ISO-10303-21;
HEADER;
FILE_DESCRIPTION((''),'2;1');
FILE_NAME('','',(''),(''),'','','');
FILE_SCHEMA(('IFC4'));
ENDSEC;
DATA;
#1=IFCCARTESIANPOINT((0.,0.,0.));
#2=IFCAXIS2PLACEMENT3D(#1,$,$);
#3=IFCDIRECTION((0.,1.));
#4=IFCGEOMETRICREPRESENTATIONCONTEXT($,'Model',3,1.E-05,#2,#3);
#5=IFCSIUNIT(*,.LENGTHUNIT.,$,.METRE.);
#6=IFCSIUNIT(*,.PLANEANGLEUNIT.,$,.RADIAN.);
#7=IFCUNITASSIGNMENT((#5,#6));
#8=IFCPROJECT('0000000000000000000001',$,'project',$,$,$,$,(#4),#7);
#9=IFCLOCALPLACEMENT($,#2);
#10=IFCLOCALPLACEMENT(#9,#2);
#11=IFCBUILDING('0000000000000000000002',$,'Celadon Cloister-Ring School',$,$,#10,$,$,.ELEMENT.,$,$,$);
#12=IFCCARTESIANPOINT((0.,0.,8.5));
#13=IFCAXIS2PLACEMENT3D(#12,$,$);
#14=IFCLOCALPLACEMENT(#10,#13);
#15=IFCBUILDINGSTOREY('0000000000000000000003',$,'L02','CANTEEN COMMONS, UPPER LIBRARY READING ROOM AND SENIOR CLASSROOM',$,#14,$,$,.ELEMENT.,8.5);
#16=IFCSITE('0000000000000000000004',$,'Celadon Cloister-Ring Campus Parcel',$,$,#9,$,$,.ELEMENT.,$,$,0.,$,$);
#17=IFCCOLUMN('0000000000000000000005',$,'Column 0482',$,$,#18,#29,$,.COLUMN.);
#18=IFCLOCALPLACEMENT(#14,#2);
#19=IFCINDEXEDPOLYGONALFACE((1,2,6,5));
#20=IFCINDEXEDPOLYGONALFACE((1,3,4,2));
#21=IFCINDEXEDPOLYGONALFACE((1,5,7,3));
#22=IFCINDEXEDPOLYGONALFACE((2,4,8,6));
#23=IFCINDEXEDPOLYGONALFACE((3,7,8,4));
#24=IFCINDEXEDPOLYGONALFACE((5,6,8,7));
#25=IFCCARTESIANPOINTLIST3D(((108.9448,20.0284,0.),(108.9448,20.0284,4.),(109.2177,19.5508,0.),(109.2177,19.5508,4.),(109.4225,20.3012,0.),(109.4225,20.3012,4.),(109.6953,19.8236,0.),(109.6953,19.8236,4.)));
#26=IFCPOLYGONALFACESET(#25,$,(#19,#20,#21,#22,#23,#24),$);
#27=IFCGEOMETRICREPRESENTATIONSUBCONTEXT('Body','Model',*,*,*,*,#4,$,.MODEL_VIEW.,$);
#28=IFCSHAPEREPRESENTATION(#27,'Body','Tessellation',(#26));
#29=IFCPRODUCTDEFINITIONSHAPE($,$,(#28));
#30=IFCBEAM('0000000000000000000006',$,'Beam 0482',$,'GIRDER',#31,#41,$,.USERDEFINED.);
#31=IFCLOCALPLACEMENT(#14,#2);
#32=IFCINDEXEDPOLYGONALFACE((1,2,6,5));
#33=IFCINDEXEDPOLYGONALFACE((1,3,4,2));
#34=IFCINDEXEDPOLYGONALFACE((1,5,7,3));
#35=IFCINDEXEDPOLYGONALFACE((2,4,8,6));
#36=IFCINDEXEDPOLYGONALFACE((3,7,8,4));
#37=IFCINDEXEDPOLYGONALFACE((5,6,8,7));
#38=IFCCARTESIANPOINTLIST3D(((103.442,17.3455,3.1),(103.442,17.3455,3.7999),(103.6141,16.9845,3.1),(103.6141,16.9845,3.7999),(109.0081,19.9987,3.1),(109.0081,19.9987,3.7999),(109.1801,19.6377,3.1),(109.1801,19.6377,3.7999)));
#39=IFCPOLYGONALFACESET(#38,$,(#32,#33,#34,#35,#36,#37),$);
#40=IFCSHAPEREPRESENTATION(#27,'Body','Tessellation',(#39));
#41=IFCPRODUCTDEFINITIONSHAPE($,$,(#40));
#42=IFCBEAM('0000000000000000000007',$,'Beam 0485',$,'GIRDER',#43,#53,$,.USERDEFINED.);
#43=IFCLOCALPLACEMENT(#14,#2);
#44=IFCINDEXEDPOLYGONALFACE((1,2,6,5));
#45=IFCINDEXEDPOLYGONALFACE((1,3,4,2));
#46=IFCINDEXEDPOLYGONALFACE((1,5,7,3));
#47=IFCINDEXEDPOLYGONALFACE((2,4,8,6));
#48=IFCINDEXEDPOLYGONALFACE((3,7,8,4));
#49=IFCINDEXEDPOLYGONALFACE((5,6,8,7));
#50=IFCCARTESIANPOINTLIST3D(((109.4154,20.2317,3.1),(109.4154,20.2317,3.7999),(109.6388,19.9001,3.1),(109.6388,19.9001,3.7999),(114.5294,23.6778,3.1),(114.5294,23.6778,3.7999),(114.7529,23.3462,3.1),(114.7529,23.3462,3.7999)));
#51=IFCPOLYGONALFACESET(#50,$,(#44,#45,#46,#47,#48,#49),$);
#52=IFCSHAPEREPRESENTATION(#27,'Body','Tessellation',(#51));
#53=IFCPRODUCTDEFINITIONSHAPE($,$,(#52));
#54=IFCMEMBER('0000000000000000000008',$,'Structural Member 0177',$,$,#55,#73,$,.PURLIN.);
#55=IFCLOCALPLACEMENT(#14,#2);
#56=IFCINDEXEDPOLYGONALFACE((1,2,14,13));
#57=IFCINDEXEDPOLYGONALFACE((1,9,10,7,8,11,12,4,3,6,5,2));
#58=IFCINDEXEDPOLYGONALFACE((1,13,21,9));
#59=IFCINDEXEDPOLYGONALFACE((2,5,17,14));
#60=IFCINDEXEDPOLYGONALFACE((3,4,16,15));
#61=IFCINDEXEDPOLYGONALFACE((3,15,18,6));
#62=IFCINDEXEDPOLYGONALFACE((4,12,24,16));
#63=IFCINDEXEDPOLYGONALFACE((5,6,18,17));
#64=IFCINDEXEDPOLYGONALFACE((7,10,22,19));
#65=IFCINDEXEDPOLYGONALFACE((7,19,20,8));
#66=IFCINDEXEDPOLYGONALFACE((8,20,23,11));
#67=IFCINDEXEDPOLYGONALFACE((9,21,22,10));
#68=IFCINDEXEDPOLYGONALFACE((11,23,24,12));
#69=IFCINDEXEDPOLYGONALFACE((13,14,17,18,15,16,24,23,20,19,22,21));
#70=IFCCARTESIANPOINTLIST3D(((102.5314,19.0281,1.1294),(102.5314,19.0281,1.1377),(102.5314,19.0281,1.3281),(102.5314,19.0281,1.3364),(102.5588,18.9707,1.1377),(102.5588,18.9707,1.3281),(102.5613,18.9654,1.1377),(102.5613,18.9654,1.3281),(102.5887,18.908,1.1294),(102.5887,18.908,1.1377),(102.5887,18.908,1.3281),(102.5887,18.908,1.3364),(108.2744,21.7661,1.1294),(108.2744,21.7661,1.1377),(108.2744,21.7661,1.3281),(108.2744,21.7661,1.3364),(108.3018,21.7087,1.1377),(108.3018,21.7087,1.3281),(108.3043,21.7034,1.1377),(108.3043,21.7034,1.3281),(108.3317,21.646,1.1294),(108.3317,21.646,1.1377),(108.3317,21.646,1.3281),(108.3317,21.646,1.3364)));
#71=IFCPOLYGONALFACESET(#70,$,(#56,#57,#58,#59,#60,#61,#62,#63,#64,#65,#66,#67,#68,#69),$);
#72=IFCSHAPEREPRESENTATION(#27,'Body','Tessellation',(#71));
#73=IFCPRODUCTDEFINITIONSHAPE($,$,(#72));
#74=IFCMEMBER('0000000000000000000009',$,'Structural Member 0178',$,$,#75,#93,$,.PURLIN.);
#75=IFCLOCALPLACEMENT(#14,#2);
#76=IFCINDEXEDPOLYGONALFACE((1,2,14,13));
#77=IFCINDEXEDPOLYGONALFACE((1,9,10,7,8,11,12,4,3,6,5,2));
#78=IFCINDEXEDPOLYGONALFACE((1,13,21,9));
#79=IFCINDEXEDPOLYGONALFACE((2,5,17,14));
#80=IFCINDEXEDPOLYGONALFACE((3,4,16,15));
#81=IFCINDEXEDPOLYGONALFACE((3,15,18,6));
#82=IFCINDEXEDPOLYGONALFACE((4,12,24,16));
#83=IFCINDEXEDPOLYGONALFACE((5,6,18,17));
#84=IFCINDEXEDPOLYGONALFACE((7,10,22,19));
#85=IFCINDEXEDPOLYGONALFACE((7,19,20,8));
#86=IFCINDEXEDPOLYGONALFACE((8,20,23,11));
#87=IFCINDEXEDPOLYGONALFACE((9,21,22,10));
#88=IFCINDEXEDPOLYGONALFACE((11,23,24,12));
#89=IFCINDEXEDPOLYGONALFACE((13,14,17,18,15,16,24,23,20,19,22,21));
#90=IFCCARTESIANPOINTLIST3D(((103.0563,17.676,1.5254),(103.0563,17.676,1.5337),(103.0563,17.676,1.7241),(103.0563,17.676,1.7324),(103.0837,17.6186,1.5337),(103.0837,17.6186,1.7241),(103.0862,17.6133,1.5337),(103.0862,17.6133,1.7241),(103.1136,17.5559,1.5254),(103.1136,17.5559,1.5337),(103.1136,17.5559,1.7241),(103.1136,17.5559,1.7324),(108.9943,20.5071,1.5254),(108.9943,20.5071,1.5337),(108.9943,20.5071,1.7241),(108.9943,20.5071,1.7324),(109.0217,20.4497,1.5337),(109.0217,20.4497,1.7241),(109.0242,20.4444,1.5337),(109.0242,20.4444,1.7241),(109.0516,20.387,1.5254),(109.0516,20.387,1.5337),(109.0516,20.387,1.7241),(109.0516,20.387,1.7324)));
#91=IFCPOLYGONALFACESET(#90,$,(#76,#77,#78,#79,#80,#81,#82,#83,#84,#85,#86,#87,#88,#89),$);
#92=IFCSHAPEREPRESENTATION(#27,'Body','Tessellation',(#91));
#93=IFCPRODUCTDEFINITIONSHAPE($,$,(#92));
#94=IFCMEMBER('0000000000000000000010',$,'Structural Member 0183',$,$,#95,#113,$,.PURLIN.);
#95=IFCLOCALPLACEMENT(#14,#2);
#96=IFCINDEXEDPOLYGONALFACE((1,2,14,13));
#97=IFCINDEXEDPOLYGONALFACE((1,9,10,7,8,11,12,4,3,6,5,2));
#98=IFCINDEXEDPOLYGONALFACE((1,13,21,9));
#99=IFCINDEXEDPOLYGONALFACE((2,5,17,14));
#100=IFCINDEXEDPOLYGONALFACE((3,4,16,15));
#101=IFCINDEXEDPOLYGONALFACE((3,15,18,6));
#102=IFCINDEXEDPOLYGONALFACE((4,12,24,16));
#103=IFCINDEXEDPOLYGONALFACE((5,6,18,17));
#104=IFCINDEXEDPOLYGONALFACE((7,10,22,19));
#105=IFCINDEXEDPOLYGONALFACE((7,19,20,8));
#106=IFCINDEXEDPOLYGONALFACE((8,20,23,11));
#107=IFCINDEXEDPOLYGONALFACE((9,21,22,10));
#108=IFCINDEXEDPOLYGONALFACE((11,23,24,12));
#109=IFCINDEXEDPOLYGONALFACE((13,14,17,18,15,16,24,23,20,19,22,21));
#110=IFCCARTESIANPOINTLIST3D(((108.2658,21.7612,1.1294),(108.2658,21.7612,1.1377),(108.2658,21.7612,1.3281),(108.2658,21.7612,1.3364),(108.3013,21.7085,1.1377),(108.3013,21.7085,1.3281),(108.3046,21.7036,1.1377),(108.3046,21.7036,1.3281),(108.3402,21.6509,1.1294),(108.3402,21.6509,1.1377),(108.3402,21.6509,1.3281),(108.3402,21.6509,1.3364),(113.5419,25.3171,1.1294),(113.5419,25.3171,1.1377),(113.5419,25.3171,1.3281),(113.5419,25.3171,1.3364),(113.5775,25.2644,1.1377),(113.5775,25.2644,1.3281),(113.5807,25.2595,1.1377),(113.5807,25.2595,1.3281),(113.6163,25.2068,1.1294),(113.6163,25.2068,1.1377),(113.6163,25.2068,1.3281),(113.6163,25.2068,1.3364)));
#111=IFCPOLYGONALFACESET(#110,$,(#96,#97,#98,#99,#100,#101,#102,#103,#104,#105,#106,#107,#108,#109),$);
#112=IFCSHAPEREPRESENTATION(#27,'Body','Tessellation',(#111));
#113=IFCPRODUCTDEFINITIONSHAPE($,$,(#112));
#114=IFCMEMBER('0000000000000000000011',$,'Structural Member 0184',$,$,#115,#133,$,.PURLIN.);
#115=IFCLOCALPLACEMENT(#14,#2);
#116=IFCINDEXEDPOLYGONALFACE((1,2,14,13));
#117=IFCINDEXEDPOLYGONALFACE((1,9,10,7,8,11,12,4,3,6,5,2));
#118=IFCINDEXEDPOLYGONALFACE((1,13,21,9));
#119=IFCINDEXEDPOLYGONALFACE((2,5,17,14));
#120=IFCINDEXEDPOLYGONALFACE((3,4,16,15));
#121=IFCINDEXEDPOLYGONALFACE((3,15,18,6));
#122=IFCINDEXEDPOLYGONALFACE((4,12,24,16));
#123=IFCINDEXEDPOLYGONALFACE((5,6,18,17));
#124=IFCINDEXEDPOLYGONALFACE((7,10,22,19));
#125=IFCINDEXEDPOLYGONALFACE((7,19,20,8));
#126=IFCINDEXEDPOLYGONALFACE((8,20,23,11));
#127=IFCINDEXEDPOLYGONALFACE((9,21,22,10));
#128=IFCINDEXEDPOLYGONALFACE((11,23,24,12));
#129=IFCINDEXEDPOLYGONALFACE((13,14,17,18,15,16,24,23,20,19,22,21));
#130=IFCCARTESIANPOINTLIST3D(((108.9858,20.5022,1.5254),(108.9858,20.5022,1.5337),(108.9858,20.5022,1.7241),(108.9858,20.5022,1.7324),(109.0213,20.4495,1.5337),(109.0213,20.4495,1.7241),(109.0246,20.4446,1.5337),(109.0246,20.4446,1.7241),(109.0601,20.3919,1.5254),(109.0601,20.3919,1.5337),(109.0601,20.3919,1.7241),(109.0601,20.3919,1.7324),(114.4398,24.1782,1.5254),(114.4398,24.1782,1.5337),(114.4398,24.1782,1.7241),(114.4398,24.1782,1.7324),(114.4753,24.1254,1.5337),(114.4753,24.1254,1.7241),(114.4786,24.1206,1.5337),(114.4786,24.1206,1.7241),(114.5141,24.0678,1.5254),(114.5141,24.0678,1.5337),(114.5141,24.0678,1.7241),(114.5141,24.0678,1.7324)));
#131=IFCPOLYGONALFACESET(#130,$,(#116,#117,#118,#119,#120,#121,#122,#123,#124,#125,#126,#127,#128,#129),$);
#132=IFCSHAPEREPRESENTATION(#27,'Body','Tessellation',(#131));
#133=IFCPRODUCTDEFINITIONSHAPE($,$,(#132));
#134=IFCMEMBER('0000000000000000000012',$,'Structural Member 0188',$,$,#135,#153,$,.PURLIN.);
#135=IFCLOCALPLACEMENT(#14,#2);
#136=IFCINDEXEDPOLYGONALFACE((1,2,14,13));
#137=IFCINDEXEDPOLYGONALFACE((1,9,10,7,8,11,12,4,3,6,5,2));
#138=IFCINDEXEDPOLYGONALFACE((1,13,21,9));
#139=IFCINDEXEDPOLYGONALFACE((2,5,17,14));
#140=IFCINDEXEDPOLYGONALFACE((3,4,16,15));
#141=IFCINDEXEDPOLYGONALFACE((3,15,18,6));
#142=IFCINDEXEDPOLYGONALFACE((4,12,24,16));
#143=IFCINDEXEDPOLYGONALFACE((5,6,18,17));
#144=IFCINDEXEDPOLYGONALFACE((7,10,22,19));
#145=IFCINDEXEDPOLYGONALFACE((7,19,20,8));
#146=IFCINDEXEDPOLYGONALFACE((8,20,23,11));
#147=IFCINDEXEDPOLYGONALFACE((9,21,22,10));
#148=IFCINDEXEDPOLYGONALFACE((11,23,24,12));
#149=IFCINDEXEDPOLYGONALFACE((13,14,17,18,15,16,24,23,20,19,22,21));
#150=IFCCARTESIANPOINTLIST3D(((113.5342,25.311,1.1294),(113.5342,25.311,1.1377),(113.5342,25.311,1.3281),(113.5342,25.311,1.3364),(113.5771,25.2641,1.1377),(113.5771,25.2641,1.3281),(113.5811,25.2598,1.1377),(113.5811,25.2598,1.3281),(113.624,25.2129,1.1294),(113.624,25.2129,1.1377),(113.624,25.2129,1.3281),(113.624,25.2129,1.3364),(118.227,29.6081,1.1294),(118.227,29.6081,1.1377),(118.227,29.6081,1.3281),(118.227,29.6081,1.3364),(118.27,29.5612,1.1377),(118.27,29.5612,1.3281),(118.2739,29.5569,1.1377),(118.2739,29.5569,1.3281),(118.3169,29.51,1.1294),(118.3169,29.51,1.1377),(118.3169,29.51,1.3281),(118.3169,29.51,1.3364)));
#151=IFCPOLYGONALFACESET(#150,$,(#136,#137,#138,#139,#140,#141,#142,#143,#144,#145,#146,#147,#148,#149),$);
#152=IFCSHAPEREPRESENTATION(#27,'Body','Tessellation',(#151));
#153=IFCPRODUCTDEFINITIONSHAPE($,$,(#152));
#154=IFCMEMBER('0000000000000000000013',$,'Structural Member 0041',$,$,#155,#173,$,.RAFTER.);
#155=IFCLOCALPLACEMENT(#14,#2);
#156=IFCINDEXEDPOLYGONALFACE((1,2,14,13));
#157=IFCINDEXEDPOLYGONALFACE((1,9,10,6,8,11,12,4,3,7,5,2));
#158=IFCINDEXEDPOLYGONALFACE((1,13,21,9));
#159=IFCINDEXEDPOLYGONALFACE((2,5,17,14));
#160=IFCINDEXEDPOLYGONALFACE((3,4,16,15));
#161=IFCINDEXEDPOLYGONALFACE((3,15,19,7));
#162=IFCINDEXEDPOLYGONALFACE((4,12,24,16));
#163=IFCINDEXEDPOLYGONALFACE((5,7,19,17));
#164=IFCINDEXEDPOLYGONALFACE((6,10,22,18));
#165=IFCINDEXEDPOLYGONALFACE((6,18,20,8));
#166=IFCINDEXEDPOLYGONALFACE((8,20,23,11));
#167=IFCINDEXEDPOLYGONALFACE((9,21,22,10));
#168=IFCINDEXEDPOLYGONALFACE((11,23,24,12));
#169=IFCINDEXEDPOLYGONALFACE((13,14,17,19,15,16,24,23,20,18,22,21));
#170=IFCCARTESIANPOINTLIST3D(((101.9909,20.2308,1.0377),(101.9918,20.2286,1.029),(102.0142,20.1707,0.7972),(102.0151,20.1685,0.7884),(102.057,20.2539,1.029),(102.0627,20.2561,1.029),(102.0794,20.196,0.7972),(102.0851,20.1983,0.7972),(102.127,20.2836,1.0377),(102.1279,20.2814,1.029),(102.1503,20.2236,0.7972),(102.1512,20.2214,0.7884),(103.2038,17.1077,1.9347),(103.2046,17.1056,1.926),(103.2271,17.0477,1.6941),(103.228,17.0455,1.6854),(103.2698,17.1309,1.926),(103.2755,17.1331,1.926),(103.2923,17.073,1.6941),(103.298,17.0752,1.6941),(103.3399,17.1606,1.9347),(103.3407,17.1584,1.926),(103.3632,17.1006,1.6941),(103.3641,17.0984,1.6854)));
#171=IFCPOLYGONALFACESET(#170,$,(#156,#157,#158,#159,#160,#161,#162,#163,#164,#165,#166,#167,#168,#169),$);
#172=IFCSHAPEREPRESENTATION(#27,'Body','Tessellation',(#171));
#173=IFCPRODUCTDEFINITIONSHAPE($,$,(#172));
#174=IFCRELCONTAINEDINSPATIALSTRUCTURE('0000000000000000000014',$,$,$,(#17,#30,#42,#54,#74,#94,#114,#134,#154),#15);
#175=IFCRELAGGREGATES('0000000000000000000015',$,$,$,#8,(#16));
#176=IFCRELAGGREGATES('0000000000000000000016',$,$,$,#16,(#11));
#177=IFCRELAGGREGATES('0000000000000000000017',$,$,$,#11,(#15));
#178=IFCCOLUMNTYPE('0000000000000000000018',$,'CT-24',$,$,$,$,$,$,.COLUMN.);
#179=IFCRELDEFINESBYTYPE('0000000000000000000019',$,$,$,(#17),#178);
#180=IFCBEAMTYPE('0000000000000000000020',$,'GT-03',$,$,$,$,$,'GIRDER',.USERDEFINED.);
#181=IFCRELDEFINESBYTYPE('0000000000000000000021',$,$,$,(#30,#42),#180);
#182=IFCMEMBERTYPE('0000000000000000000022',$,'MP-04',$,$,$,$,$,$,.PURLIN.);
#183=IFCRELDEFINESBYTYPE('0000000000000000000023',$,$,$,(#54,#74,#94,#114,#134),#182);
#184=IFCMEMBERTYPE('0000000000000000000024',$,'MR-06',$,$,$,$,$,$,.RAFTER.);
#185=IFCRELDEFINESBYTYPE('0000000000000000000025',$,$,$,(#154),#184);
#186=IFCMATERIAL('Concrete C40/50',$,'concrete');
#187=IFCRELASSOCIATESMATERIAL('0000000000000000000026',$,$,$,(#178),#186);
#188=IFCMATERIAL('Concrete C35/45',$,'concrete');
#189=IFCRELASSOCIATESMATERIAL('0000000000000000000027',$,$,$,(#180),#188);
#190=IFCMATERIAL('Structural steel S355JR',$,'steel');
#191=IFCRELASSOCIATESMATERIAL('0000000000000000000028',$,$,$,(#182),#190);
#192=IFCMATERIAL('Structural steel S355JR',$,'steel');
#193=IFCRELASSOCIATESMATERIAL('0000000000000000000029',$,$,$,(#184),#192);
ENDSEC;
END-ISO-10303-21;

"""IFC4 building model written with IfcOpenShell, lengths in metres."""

from ifc_helpers import new_model, si_unit, direction, frame, origin, origin_2d, place, context, subcontext, project, spatial, rectangle, i_section, extrude, material, material_profile, profile_set, type_object, element, save


model = new_model("IFC4")

# Units and contexts
model_context = context("Model", 3, precision=1e-05, world=origin(), true_north=direction((0.0, 1.0)))
body_context = subcontext(model_context, "Body", "Model", "MODEL_VIEW")
ifc_project = project(units=[si_unit("LENGTHUNIT", "METRE"), si_unit("PLANEANGLEUNIT", "RADIAN")], contexts=[model_context])

# Site, building, storey
site_placement = place(None, origin())
site = spatial("IfcSite", under=ifc_project, at=site_placement, Name="Celadon Cloister-Ring Campus Parcel", CompositionType="ELEMENT", RefElevation=0.0)
building_placement = place(site_placement, origin())
building = spatial("IfcBuilding", under=site, at=building_placement, Name="Celadon Cloister-Ring School", CompositionType="ELEMENT")
storey_placement = place(building_placement, frame((0.0, 0.0, 8.5)))
storey = spatial("IfcBuildingStorey", under=building, at=storey_placement, Name="L02", Description="CANTEEN COMMONS, UPPER LIBRARY READING ROOM AND SENIOR CLASSROOM", CompositionType="ELEMENT", Elevation=8.5)

# Column
ifc_material_1 = material(Name="Concrete C40/50", Category="concrete")
ifc_material_profile_1 = material_profile(ifc_material_1, rectangle(XDim=0.55, YDim=0.55, at=origin_2d()), Name="RC550X550")
ifc_profile_set_1 = profile_set([ifc_material_profile_1], Name="Concrete C40/50")
column_type = type_object("IfcColumnType", Name="CT-24", PredefinedType="COLUMN", material=ifc_profile_set_1)
column_placement = place(storey_placement, frame((109.3201, 19.926, 0.0), z_axis=(0.0, 0.0, 1.0), x_axis=(0.496004, -0.86832, 0.0)))
element("IfcColumn", 1, at=column_placement, inside=storey, type_object=column_type, Name="Column 0482", PredefinedType="COLUMN", context=body_context, shape_type="SweptSolid", body=[
    extrude(rectangle(XDim=0.55, YDim=0.55, at=origin_2d()), origin(), (0.0, 0.0, 1.0), 4.0),
])

# Beams
ifc_material_2 = material(Name="Concrete C35/45", Category="concrete")
ifc_material_profile_2 = material_profile(ifc_material_2, rectangle(XDim=0.3999, YDim=0.7, at=origin_2d()), Name="RC400X700")
ifc_profile_set_2 = profile_set([ifc_material_profile_2], Name="Concrete C35/45")
beam_type = type_object("IfcBeamType", Name="GT-03", ElementType="GIRDER", PredefinedType="USERDEFINED", material=ifc_profile_set_2)
beam_1_placement = place(storey_placement, frame((103.5281, 17.165, 3.45), z_axis=(0.902694, 0.430282, 0.0), x_axis=(-0.430282, 0.902694, 0.0)))
element("IfcBeam", 2, at=beam_1_placement, inside=storey, type_object=beam_type, Name="Beam 0482", ObjectType="GIRDER", PredefinedType="USERDEFINED", context=body_context, shape_type="SweptSolid", body=[
    extrude(rectangle(XDim=0.3999, YDim=0.7, at=origin_2d()), origin(), (0.0, 0.0, 1.0), 6.166),
])
beam_2_placement = place(storey_placement, frame((109.5271, 20.0659, 3.45), z_axis=(0.829293, 0.558814, 0.0), x_axis=(-0.558814, 0.829293, 0.0)))
element("IfcBeam", 3, at=beam_2_placement, inside=storey, type_object=beam_type, Name="Beam 0485", ObjectType="GIRDER", PredefinedType="USERDEFINED", context=body_context, shape_type="SweptSolid", body=[
    extrude(rectangle(XDim=0.3999, YDim=0.7, at=origin_2d()), origin(), (0.0, 0.0, 1.0), 6.1667),
])

# Members
ifc_material_3 = material(Name="Structural steel S355JR", Category="steel")
ifc_material_profile_3 = material_profile(ifc_material_3, i_section(OverallWidth=0.1331, OverallDepth=0.207, WebThickness=0.0059, FlangeThickness=0.0083, at=origin_2d()), Name="W200X27")
ifc_profile_set_3 = profile_set([ifc_material_profile_3], Name="Structural steel S355JR")
member_type_1 = type_object("IfcMemberType", Name="MP-04", PredefinedType="PURLIN", material=ifc_profile_set_3)
member_1_placement = place(storey_placement, frame((102.5601, 18.968, 1.2329), z_axis=(0.902658, 0.430358, 0.0), x_axis=(-0.430358, 0.902658, 0.0)))
element("IfcMember", 4, at=member_1_placement, inside=storey, type_object=member_type_1, Name="Structural Member 0177", PredefinedType="PURLIN", context=body_context, shape_type="SweptSolid", body=[
    extrude(i_section(OverallWidth=0.1331, OverallDepth=0.207, WebThickness=0.0059, FlangeThickness=0.0083, at=origin_2d()), origin(), (0.0, 0.0, 1.0), 6.3623),
])
member_2_placement = place(storey_placement, frame((103.085, 17.616, 1.6289), z_axis=(0.902657, 0.43036, 0.0), x_axis=(-0.43036, 0.902657, 0.0)))
element("IfcMember", 5, at=member_2_placement, inside=storey, type_object=member_type_1, Name="Structural Member 0178", PredefinedType="PURLIN", context=body_context, shape_type="SweptSolid", body=[
    extrude(i_section(OverallWidth=0.1331, OverallDepth=0.207, WebThickness=0.0059, FlangeThickness=0.0083, at=origin_2d()), origin(), (0.0, 0.0, 1.0), 6.5784),
])
member_3_placement = place(storey_placement, frame((108.303, 21.7061, 1.2329), z_axis=(0.829247, 0.558882, 0.0), x_axis=(-0.558882, 0.829247, 0.0)))
element("IfcMember", 6, at=member_3_placement, inside=storey, type_object=member_type_1, Name="Structural Member 0183", PredefinedType="PURLIN", context=body_context, shape_type="SweptSolid", body=[
    extrude(i_section(OverallWidth=0.1331, OverallDepth=0.207, WebThickness=0.0059, FlangeThickness=0.0083, at=origin_2d()), origin(), (0.0, 0.0, 1.0), 6.3625),
])
member_4_placement = place(storey_placement, frame((109.0229, 20.447, 1.6289), z_axis=(0.829236, 0.558899, 0.0), x_axis=(-0.558899, 0.829236, 0.0)))
element("IfcMember", 7, at=member_4_placement, inside=storey, type_object=member_type_1, Name="Structural Member 0184", PredefinedType="PURLIN", context=body_context, shape_type="SweptSolid", body=[
    extrude(i_section(OverallWidth=0.1331, OverallDepth=0.207, WebThickness=0.0059, FlangeThickness=0.0083, at=origin_2d()), origin(), (0.0, 0.0, 1.0), 6.5771),
])
member_5_placement = place(storey_placement, frame((113.5791, 25.262, 1.2329), z_axis=(0.73752, 0.675325, 0.0), x_axis=(-0.675325, 0.73752, 0.0)))
element("IfcMember", 8, at=member_5_placement, inside=storey, type_object=member_type_1, Name="Structural Member 0188", PredefinedType="PURLIN", context=body_context, shape_type="SweptSolid", body=[
    extrude(i_section(OverallWidth=0.1331, OverallDepth=0.207, WebThickness=0.0059, FlangeThickness=0.0083, at=origin_2d()), origin(), (0.0, 0.0, 1.0), 6.363),
])
ifc_material_4 = material(Name="Structural steel S355JR", Category="steel")
ifc_material_profile_4 = material_profile(ifc_material_4, i_section(OverallWidth=0.146, OverallDepth=0.2581, WebThickness=0.0061, FlangeThickness=0.009, at=origin_2d()), Name="W250X33")
ifc_profile_set_4 = profile_set([ifc_material_profile_4], Name="Structural steel S355JR")
member_type_2 = type_object("IfcMemberType", Name="MR-06", PredefinedType="RAFTER", material=ifc_profile_set_4)
member_6_placement = place(storey_placement, frame((102.071, 20.2261, 0.9131), z_axis=(0.349708, -0.900455, 0.25862), x_axis=(0.932169, 0.362024, 0.0)))
element("IfcMember", 9, at=member_6_placement, inside=storey, type_object=member_type_2, Name="Structural Member 0041", PredefinedType="RAFTER", context=body_context, shape_type="SweptSolid", body=[
    extrude(i_section(OverallWidth=0.146, OverallDepth=0.2581, WebThickness=0.0061, FlangeThickness=0.009, at=origin_2d()), origin(), (0.0, 0.0, 1.0), 3.4683),
])

save(model, "model.ifc")
